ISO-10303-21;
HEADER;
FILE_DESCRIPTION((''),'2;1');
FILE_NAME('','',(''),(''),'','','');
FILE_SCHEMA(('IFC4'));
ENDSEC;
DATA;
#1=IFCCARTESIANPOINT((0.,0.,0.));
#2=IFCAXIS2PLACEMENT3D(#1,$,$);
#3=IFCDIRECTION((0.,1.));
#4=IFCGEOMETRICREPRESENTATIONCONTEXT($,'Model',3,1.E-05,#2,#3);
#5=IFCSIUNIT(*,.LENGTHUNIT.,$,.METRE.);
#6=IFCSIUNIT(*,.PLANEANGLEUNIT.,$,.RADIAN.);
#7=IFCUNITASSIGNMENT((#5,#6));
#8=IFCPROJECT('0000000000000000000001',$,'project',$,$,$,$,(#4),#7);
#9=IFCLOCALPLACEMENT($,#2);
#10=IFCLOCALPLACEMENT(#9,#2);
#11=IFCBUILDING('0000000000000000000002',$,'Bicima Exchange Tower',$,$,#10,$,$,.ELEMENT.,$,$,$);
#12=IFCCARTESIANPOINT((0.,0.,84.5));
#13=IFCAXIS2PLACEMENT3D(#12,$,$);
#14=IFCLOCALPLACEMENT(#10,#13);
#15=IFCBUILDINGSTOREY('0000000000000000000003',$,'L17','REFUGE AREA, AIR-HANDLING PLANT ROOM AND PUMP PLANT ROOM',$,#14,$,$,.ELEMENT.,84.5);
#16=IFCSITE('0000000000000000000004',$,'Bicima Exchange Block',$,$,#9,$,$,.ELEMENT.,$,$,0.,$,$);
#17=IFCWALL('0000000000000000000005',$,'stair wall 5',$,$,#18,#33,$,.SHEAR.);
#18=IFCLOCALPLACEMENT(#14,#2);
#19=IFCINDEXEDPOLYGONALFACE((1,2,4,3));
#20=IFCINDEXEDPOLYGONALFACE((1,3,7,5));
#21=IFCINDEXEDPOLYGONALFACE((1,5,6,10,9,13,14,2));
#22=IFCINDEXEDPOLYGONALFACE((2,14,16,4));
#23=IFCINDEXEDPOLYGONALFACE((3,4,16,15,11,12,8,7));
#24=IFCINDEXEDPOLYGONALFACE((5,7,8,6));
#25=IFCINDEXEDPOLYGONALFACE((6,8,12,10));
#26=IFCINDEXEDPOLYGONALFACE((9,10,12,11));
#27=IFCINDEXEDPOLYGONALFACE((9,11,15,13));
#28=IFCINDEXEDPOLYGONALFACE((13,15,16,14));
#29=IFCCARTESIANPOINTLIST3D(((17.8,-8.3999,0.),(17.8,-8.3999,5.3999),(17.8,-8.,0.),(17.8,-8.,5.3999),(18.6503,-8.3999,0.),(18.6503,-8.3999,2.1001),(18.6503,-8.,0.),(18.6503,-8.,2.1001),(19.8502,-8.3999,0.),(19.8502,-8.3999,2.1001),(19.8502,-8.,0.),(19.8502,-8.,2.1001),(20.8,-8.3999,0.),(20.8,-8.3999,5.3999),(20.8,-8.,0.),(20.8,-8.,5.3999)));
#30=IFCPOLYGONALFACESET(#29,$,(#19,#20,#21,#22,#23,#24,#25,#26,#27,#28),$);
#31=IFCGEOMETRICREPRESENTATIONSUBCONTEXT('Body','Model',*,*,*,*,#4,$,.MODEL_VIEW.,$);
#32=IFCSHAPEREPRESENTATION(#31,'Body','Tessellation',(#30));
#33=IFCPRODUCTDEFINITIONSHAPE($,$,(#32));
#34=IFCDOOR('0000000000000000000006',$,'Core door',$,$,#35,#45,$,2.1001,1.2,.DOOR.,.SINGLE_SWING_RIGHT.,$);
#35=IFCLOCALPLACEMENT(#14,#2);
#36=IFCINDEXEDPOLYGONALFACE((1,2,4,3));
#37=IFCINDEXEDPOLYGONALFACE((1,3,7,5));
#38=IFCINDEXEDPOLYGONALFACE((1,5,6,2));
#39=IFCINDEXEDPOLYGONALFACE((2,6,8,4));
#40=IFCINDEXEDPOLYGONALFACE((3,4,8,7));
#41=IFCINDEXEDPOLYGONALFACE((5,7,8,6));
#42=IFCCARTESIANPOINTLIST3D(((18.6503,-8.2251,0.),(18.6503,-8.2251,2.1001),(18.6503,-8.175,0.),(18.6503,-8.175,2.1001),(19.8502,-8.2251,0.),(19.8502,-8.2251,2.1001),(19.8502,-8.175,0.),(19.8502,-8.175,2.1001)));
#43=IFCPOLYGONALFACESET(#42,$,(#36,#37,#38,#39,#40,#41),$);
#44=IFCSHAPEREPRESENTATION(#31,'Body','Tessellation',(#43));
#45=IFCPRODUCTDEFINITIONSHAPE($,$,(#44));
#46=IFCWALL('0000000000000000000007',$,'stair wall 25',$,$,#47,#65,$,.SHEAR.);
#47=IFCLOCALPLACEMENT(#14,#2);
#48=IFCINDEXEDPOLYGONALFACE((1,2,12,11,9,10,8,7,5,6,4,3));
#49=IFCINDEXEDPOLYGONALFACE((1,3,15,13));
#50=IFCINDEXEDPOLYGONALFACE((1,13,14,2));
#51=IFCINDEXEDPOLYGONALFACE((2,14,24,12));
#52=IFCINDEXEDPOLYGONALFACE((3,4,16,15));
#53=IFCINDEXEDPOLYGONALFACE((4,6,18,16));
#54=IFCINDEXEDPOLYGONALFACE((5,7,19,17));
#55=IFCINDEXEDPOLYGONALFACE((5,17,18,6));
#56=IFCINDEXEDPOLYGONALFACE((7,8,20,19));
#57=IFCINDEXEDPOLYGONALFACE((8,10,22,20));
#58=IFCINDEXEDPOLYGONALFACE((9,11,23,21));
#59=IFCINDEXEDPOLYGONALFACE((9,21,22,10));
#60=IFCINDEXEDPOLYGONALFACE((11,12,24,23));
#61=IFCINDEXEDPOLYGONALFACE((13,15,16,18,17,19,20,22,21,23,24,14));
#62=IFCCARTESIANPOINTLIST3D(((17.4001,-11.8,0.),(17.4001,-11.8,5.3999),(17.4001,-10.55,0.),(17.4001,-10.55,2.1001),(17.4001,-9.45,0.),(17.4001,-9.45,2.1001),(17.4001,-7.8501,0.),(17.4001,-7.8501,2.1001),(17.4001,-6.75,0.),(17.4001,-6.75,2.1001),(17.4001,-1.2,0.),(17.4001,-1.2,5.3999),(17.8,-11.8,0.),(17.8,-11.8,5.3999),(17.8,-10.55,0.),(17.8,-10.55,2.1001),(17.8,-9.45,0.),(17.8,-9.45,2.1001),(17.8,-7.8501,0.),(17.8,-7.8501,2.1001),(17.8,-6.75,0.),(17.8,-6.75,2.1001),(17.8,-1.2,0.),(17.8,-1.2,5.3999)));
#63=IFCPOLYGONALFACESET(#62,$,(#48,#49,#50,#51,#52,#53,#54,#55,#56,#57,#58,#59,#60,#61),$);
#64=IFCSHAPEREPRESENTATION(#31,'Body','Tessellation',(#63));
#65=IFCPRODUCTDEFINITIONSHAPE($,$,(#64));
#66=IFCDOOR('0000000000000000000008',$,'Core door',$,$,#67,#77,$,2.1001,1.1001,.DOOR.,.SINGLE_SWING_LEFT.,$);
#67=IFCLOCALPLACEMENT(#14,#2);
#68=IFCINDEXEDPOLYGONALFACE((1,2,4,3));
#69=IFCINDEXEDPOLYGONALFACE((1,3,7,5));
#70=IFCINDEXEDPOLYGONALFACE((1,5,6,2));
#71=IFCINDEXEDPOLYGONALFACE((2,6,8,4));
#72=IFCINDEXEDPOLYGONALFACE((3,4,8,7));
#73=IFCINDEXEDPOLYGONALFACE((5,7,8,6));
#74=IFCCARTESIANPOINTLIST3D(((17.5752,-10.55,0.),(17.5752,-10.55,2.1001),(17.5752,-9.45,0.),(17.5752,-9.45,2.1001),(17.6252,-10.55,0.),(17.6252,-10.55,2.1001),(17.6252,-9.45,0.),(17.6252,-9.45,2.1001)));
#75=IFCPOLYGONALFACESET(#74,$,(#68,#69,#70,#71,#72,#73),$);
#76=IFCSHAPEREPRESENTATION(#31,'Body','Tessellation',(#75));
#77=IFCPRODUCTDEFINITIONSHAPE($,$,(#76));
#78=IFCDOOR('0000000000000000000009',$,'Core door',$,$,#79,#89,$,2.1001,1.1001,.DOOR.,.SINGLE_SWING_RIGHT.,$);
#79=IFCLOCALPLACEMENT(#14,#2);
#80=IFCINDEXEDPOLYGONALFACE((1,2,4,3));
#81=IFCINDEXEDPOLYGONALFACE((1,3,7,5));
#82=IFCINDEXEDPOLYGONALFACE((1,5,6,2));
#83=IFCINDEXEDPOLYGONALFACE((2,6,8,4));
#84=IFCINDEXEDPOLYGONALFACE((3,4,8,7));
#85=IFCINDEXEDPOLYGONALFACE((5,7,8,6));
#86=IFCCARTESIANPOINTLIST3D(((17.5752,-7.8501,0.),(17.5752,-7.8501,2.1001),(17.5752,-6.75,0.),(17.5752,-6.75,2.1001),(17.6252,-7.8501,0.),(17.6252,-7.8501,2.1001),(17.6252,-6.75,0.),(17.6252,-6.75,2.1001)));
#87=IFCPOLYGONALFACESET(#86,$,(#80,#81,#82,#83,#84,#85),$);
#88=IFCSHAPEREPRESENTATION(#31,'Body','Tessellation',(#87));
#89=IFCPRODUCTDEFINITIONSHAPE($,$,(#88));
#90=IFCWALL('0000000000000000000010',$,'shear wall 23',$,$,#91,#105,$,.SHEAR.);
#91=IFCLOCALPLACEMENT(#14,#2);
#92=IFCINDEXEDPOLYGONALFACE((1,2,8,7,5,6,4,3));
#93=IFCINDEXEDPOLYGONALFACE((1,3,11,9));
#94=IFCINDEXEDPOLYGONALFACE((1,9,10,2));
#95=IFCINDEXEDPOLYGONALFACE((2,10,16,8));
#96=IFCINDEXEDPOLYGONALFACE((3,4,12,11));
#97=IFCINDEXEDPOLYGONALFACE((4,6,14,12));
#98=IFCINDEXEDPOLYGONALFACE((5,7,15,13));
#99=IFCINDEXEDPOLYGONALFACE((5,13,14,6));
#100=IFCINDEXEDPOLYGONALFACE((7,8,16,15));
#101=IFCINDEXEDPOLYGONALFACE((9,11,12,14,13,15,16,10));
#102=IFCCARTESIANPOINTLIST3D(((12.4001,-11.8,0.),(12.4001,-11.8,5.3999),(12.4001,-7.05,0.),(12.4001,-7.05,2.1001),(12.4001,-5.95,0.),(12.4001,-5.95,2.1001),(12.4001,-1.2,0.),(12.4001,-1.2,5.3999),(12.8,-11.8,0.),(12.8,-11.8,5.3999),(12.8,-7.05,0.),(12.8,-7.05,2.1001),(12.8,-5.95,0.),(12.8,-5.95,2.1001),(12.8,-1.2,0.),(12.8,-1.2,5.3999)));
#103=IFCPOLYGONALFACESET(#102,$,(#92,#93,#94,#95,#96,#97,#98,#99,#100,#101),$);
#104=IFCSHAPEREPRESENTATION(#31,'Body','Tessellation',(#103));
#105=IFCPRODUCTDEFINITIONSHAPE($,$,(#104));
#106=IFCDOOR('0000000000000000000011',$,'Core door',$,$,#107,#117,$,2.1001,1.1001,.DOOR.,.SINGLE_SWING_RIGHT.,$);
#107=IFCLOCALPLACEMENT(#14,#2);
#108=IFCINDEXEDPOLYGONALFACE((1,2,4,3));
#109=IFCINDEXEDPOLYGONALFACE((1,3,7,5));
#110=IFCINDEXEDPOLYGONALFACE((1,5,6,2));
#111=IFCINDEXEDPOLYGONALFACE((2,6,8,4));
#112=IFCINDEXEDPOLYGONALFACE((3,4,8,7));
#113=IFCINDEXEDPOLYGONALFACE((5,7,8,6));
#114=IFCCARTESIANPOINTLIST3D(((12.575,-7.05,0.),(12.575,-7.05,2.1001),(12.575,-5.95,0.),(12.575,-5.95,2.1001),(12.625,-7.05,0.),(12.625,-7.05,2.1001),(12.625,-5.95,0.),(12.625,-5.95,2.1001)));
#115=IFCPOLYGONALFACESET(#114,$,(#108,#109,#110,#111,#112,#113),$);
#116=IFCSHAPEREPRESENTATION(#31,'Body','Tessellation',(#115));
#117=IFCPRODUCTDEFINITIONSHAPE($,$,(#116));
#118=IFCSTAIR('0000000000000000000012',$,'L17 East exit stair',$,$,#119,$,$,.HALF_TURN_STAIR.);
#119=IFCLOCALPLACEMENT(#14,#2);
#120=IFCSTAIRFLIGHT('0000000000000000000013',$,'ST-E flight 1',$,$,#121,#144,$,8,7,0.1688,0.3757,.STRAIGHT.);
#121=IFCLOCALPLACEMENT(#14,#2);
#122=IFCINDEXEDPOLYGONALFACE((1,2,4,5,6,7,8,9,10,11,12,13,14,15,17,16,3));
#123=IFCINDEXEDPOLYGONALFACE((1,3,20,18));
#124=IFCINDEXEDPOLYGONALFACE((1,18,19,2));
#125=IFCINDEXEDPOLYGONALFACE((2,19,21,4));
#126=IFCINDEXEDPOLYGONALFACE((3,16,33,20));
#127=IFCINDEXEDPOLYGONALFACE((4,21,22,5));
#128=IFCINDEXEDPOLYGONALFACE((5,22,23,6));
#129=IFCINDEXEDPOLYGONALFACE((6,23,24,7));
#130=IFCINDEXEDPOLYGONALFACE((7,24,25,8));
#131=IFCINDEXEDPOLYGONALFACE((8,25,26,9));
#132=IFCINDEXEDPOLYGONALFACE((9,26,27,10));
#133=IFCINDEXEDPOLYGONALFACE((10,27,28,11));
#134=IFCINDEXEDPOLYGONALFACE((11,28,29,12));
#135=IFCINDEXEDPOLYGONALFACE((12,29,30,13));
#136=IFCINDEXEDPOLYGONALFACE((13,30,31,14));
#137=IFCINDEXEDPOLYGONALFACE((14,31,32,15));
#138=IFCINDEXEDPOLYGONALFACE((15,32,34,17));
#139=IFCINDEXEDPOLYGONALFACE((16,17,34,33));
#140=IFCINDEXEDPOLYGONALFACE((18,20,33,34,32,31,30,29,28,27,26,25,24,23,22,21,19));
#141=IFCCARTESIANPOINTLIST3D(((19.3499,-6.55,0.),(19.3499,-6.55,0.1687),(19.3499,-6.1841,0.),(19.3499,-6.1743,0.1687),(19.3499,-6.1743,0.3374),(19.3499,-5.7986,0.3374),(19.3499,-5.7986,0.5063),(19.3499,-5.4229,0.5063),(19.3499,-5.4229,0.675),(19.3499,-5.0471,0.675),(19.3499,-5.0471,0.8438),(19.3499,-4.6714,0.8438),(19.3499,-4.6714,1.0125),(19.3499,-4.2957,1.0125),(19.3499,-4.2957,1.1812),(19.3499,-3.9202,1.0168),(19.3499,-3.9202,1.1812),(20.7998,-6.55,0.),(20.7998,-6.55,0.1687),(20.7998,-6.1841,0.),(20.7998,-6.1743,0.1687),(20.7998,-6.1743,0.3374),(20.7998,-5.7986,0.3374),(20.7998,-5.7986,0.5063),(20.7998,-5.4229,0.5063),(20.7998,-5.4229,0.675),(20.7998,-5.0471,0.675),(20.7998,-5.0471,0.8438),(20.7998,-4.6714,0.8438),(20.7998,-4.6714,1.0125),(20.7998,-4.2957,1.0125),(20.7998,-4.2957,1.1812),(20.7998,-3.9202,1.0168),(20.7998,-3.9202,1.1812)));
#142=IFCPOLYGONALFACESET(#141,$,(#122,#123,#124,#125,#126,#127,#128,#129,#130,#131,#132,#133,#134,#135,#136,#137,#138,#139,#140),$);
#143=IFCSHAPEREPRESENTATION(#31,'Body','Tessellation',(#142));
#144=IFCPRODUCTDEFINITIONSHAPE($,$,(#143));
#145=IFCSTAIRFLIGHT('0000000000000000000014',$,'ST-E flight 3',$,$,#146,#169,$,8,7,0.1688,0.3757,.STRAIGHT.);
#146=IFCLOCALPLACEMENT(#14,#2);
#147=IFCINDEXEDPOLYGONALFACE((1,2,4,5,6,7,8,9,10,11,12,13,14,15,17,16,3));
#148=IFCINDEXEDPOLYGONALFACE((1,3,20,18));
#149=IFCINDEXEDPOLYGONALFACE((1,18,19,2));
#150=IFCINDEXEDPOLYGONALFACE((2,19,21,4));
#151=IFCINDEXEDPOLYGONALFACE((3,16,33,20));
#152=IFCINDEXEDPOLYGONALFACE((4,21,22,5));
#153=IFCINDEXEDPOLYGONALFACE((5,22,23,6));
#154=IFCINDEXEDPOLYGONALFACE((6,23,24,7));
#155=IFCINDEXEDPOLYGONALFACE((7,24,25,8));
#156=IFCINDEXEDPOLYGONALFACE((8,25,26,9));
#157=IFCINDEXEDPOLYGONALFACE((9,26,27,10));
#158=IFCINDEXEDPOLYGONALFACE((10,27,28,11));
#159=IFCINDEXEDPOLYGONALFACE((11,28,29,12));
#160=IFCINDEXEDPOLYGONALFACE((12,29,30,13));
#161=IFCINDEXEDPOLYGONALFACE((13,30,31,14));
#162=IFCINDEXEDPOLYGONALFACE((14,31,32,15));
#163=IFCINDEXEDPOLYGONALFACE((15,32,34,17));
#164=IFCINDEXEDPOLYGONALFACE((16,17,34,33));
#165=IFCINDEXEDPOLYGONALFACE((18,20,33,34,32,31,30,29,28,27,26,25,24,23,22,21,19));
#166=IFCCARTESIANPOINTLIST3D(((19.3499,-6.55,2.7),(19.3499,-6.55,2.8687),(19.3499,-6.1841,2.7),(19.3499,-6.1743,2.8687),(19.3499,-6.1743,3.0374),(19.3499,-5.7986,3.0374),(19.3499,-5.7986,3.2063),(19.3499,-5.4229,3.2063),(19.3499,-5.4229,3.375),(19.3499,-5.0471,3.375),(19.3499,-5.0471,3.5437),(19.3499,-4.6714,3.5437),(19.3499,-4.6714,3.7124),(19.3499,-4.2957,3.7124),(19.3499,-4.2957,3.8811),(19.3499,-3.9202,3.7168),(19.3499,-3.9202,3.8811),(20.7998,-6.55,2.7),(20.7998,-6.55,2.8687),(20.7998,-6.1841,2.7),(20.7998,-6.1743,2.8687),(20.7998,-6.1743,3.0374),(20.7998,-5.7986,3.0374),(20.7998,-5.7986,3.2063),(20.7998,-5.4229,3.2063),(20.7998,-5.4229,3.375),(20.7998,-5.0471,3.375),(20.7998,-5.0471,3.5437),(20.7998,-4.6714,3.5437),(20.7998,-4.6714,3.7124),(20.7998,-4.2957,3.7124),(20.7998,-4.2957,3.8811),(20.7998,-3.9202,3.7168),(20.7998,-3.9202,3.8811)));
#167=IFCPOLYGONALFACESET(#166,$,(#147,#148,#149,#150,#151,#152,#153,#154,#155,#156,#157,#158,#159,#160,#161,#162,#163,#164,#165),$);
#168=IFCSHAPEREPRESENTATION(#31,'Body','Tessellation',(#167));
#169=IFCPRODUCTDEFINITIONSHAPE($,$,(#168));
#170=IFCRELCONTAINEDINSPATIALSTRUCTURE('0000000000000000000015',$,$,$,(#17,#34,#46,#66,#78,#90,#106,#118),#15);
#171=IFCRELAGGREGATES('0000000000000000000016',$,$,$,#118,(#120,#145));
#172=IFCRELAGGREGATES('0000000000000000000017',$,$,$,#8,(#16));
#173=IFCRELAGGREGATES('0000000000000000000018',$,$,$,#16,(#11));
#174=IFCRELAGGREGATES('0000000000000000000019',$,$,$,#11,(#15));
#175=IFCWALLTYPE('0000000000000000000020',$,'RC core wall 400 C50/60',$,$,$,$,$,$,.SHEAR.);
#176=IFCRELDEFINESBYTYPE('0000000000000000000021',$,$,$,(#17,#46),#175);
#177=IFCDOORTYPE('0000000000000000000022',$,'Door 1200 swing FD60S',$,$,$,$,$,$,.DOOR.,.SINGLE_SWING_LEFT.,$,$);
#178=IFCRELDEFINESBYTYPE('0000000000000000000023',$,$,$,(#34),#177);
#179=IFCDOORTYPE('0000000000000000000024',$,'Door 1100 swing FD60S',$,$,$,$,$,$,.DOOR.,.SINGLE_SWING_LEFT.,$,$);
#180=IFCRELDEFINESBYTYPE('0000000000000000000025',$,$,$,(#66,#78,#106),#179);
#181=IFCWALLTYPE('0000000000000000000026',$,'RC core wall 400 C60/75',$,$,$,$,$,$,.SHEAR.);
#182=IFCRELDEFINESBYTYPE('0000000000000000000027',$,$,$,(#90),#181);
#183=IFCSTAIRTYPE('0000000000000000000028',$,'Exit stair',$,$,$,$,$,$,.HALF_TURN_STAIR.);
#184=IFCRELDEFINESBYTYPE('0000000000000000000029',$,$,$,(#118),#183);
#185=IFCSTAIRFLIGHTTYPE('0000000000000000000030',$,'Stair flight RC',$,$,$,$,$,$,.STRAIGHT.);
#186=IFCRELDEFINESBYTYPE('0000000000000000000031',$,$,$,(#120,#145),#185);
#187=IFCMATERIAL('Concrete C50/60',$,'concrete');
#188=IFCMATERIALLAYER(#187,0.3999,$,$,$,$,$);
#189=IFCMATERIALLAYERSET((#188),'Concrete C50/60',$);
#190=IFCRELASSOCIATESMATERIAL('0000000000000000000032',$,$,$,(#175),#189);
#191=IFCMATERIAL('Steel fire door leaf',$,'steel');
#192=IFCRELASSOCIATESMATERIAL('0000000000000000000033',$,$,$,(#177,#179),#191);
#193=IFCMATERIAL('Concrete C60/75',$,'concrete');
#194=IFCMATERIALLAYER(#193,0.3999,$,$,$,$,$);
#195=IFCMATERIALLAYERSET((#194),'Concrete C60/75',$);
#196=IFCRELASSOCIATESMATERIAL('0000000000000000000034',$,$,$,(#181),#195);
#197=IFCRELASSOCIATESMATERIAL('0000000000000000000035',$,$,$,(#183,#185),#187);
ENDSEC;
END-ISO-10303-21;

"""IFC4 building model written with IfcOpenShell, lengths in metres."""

from ifc_helpers import new_model, si_unit, direction, frame, frame_2d, origin, place, context, subcontext, project, spatial, polyline, rectangle, outline, extrude, material, layer, layer_set, type_object, element, fill, aggregate, save


model = new_model("IFC4")

# Units and contexts
model_context = context("Model", 3, precision=1e-05, world=origin(), true_north=direction((0.0, 1.0)))
body_context = subcontext(model_context, "Body", "Model", "MODEL_VIEW")
ifc_project = project(units=[si_unit("LENGTHUNIT", "METRE"), si_unit("PLANEANGLEUNIT", "RADIAN")], contexts=[model_context])

# Site, building, storey
site_placement = place(None, origin())
site = spatial("IfcSite", under=ifc_project, at=site_placement, Name="Bicima Exchange Block", CompositionType="ELEMENT", RefElevation=0.0)
building_placement = place(site_placement, origin())
building = spatial("IfcBuilding", under=site, at=building_placement, Name="Bicima Exchange Tower", CompositionType="ELEMENT")
storey_placement = place(building_placement, frame((0.0, 0.0, 84.5)))
storey = spatial("IfcBuildingStorey", under=building, at=storey_placement, Name="L17", Description="REFUGE AREA, AIR-HANDLING PLANT ROOM AND PUMP PLANT ROOM", CompositionType="ELEMENT", Elevation=84.5)

# Shared definitions
ifc_material_1 = material(Name="Concrete C60/75", Category="concrete")

# Wall, opening, door
ifc_material_2 = material(Name="Concrete C50/60", Category="concrete")
ifc_layer_1 = layer(ifc_material_2, 0.3999)
ifc_layer_set_1 = layer_set([ifc_layer_1], Name="Concrete C50/60")
wall_type_1 = type_object("IfcWallType", Name="RC core wall 400 C50/60", PredefinedType="SHEAR", material=ifc_layer_set_1)
wall_1_placement = place(storey_placement, frame((17.8, -8.2, 0.0), z_axis=(0.0, 0.0, 1.0), x_axis=(1.0, 0.0, 0.0)))
wall_1 = element("IfcWall", 1, at=wall_1_placement, inside=storey, type_object=wall_type_1, Name="stair wall 5", PredefinedType="SHEAR", context=body_context, shape_type="SweptSolid", body=[
    extrude(rectangle(XDim=3.0, YDim=0.3999, at=frame_2d((1.5, 0.0))), origin(), (0.0, 0.0, 1.0), 5.3999),
])
opening_1_placement = place(wall_1_placement, frame((0.8501, 0.0, 0.0)))
opening_1 = element("IfcOpeningElement", 2, at=opening_1_placement, cuts=wall_1, PredefinedType="OPENING", context=body_context, shape_type="SweptSolid", body=[
    extrude(rectangle(XDim=1.2, YDim=2.1001, at=frame_2d((0.6001, 1.05))), frame((0.0, 0.2119, 0.0), z_axis=(0.0, -1.0, 0.0), x_axis=(1.0, 0.0, 0.0)), (0.0, 0.0, 1.0), 0.4238),
])
ifc_material_3 = material(Name="Steel fire door leaf", Category="steel")
door_type_1 = type_object("IfcDoorType", Name="Door 1200 swing FD60S", OperationType="SINGLE_SWING_LEFT", PredefinedType="DOOR", material=ifc_material_3)
door_1_placement = place(opening_1_placement, origin())
door_1 = element("IfcDoor", 3, at=door_1_placement, inside=storey, type_object=door_type_1, Name="Core door", OperationType="SINGLE_SWING_RIGHT", OverallHeight=2.1001, OverallWidth=1.2, PredefinedType="DOOR", context=body_context, shape_type="SweptSolid", body=[
    extrude(rectangle(XDim=1.2, YDim=2.1001, at=frame_2d((0.6001, 1.05))), frame((0.0, 0.0249, 0.0), z_axis=(0.0, -1.0, 0.0), x_axis=(1.0, 0.0, 0.0)), (0.0, 0.0, 1.0), 0.05),
])
fill(opening_1, door_1)

# Wall, openings, doors
wall_2_placement = place(storey_placement, frame((17.6001, -11.8, 0.0), z_axis=(0.0, 0.0, 1.0), x_axis=(0.0, 1.0, 0.0)))
wall_2 = element("IfcWall", 4, at=wall_2_placement, inside=storey, type_object=wall_type_1, Name="stair wall 25", PredefinedType="SHEAR", context=body_context, shape_type="SweptSolid", body=[
    extrude(rectangle(XDim=10.6001, YDim=0.3999, at=frame_2d((5.3, 0.0))), origin(), (0.0, 0.0, 1.0), 5.3999),
])
opening_2_placement = place(wall_2_placement, frame((1.25, 0.0, 0.0)))
opening_2 = element("IfcOpeningElement", 5, at=opening_2_placement, cuts=wall_2, PredefinedType="OPENING", context=body_context, shape_type="SweptSolid", body=[
    extrude(rectangle(XDim=1.1001, YDim=2.1001, at=frame_2d((0.55, 1.05))), frame((0.0, 0.2119, 0.0), z_axis=(0.0, -1.0, 0.0), x_axis=(1.0, 0.0, 0.0)), (0.0, 0.0, 1.0), 0.4238),
])
opening_3_placement = place(wall_2_placement, frame((3.95, 0.0, 0.0)))
opening_3 = element("IfcOpeningElement", 6, at=opening_3_placement, cuts=wall_2, PredefinedType="OPENING", context=body_context, shape_type="SweptSolid", body=[
    extrude(rectangle(XDim=1.1001, YDim=2.1001, at=frame_2d((0.55, 1.05))), frame((0.0, 0.2119, 0.0), z_axis=(0.0, -1.0, 0.0), x_axis=(1.0, 0.0, 0.0)), (0.0, 0.0, 1.0), 0.4238),
])
door_type_2 = type_object("IfcDoorType", Name="Door 1100 swing FD60S", OperationType="SINGLE_SWING_LEFT", PredefinedType="DOOR", material=ifc_material_3)
door_2_placement = place(opening_2_placement, origin())
door_2 = element("IfcDoor", 7, at=door_2_placement, inside=storey, type_object=door_type_2, Name="Core door", OperationType="SINGLE_SWING_LEFT", OverallHeight=2.1001, OverallWidth=1.1001, PredefinedType="DOOR", context=body_context, shape_type="SweptSolid", body=[
    extrude(rectangle(XDim=1.1001, YDim=2.1001, at=frame_2d((0.55, 1.05))), frame((0.0, 0.0249, 0.0), z_axis=(0.0, -1.0, 0.0), x_axis=(1.0, 0.0, 0.0)), (0.0, 0.0, 1.0), 0.05),
])
fill(opening_2, door_2)
door_3_placement = place(opening_3_placement, origin())
door_3 = element("IfcDoor", 8, at=door_3_placement, inside=storey, type_object=door_type_2, Name="Core door", OperationType="SINGLE_SWING_RIGHT", OverallHeight=2.1001, OverallWidth=1.1001, PredefinedType="DOOR", context=body_context, shape_type="SweptSolid", body=[
    extrude(rectangle(XDim=1.1001, YDim=2.1001, at=frame_2d((0.55, 1.05))), frame((0.0, 0.0249, 0.0), z_axis=(0.0, -1.0, 0.0), x_axis=(1.0, 0.0, 0.0)), (0.0, 0.0, 1.0), 0.05),
])
fill(opening_3, door_3)

# Wall, opening, door
ifc_layer_2 = layer(ifc_material_1, 0.3999)
ifc_layer_set_2 = layer_set([ifc_layer_2], Name="Concrete C60/75")
wall_type_2 = type_object("IfcWallType", Name="RC core wall 400 C60/75", PredefinedType="SHEAR", material=ifc_layer_set_2)
wall_3_placement = place(storey_placement, frame((12.6001, -11.8, 0.0), z_axis=(0.0, 0.0, 1.0), x_axis=(0.0, 1.0, 0.0)))
wall_3 = element("IfcWall", 9, at=wall_3_placement, inside=storey, type_object=wall_type_2, Name="shear wall 23", PredefinedType="SHEAR", context=body_context, shape_type="SweptSolid", body=[
    extrude(rectangle(XDim=10.6001, YDim=0.3999, at=frame_2d((5.3, 0.0))), origin(), (0.0, 0.0, 1.0), 5.3999),
])
opening_4_placement = place(wall_3_placement, frame((4.75, 0.0, 0.0)))
opening_4 = element("IfcOpeningElement", 10, at=opening_4_placement, cuts=wall_3, PredefinedType="OPENING", context=body_context, shape_type="SweptSolid", body=[
    extrude(rectangle(XDim=1.1001, YDim=2.1001, at=frame_2d((0.55, 1.05))), frame((0.0, 0.2119, 0.0), z_axis=(0.0, -1.0, 0.0), x_axis=(1.0, 0.0, 0.0)), (0.0, 0.0, 1.0), 0.4238),
])
door_4_placement = place(opening_4_placement, frame((1.1001, 0.0, 0.0), z_axis=(0.0, 0.0, 1.0), x_axis=(-1.0, 0.0, 0.0)))
door_4 = element("IfcDoor", 11, at=door_4_placement, inside=storey, type_object=door_type_2, Name="Core door", OperationType="SINGLE_SWING_RIGHT", OverallHeight=2.1001, OverallWidth=1.1001, PredefinedType="DOOR", context=body_context, shape_type="SweptSolid", body=[
    extrude(rectangle(XDim=1.1001, YDim=2.1001, at=frame_2d((0.55, 1.05))), frame((0.0, 0.0249, 0.0), z_axis=(0.0, -1.0, 0.0), x_axis=(1.0, 0.0, 0.0)), (0.0, 0.0, 1.0), 0.05),
])
fill(opening_4, door_4)

# Stair, stair flights
stair_type = type_object("IfcStairType", Name="Exit stair", PredefinedType="HALF_TURN_STAIR", material=ifc_material_2)
stair_placement = place(storey_placement, origin())
stair = element("IfcStair", 12, at=stair_placement, inside=storey, type_object=stair_type, Name="L17 East exit stair", PredefinedType="HALF_TURN_STAIR")
stair_flight_type = type_object("IfcStairFlightType", Name="Stair flight RC", PredefinedType="STRAIGHT", material=ifc_material_2)
stair_flight_1_placement = place(storey_placement, frame((20.075, -6.55, 0.0), z_axis=(0.0, 0.0, 1.0), x_axis=(0.0, 1.0, 0.0)))
stair_flight_1 = element("IfcStairFlight", 13, at=stair_flight_1_placement, type_object=stair_flight_type, Name="ST-E flight 1", NumberOfRisers=8, NumberOfTreads=7, PredefinedType="STRAIGHT", RiserHeight=0.1688, TreadLength=0.3757, context=body_context, shape_type="SweptSolid", body=[
    extrude(outline(polyline([(0.0, 0.0), (0.0, 0.1687), (0.3757, 0.1687), (0.3757, 0.3374), (0.7515, 0.3374), (0.7515, 0.5063), (1.1272, 0.5063), (1.1272, 0.675), (1.5029, 0.675), (1.5029, 0.8438), (1.8787, 0.8438), (1.8787, 1.0125), (2.2544, 1.0125), (2.2544, 1.1812), (2.6299, 1.1812), (2.6299, 1.3501), (2.6299, 1.0168), (0.366, 0.0), (0.0, 0.0)])), frame((0.0, 0.7251, 0.0), z_axis=(0.0, -1.0, 0.0), x_axis=(1.0, 0.0, 0.0)), (0.0, 0.0, 1.0), 1.45),
])
stair_flight_2_placement = place(storey_placement, frame((20.075, -6.55, 2.7), z_axis=(0.0, 0.0, 1.0), x_axis=(0.0, 1.0, 0.0)))
stair_flight_2 = element("IfcStairFlight", 14, at=stair_flight_2_placement, type_object=stair_flight_type, Name="ST-E flight 3", NumberOfRisers=8, NumberOfTreads=7, PredefinedType="STRAIGHT", RiserHeight=0.1688, TreadLength=0.3757, context=body_context, shape_type="SweptSolid", body=[
    extrude(outline(polyline([(0.0, 0.0), (0.0, 0.1687), (0.3757, 0.1687), (0.3757, 0.3374), (0.7515, 0.3374), (0.7515, 0.5063), (1.1272, 0.5063), (1.1272, 0.675), (1.5029, 0.675), (1.5029, 0.8438), (1.8787, 0.8438), (1.8787, 1.0125), (2.2544, 1.0125), (2.2544, 1.1812), (2.6299, 1.1812), (2.6299, 1.3501), (2.6299, 1.0168), (0.366, 0.0), (0.0, 0.0)])), frame((0.0, 0.7251, 0.0), z_axis=(0.0, -1.0, 0.0), x_axis=(1.0, 0.0, 0.0)), (0.0, 0.0, 1.0), 1.45),
])
aggregate(stair, [stair_flight_1, stair_flight_2])

save(model, "model.ifc")
